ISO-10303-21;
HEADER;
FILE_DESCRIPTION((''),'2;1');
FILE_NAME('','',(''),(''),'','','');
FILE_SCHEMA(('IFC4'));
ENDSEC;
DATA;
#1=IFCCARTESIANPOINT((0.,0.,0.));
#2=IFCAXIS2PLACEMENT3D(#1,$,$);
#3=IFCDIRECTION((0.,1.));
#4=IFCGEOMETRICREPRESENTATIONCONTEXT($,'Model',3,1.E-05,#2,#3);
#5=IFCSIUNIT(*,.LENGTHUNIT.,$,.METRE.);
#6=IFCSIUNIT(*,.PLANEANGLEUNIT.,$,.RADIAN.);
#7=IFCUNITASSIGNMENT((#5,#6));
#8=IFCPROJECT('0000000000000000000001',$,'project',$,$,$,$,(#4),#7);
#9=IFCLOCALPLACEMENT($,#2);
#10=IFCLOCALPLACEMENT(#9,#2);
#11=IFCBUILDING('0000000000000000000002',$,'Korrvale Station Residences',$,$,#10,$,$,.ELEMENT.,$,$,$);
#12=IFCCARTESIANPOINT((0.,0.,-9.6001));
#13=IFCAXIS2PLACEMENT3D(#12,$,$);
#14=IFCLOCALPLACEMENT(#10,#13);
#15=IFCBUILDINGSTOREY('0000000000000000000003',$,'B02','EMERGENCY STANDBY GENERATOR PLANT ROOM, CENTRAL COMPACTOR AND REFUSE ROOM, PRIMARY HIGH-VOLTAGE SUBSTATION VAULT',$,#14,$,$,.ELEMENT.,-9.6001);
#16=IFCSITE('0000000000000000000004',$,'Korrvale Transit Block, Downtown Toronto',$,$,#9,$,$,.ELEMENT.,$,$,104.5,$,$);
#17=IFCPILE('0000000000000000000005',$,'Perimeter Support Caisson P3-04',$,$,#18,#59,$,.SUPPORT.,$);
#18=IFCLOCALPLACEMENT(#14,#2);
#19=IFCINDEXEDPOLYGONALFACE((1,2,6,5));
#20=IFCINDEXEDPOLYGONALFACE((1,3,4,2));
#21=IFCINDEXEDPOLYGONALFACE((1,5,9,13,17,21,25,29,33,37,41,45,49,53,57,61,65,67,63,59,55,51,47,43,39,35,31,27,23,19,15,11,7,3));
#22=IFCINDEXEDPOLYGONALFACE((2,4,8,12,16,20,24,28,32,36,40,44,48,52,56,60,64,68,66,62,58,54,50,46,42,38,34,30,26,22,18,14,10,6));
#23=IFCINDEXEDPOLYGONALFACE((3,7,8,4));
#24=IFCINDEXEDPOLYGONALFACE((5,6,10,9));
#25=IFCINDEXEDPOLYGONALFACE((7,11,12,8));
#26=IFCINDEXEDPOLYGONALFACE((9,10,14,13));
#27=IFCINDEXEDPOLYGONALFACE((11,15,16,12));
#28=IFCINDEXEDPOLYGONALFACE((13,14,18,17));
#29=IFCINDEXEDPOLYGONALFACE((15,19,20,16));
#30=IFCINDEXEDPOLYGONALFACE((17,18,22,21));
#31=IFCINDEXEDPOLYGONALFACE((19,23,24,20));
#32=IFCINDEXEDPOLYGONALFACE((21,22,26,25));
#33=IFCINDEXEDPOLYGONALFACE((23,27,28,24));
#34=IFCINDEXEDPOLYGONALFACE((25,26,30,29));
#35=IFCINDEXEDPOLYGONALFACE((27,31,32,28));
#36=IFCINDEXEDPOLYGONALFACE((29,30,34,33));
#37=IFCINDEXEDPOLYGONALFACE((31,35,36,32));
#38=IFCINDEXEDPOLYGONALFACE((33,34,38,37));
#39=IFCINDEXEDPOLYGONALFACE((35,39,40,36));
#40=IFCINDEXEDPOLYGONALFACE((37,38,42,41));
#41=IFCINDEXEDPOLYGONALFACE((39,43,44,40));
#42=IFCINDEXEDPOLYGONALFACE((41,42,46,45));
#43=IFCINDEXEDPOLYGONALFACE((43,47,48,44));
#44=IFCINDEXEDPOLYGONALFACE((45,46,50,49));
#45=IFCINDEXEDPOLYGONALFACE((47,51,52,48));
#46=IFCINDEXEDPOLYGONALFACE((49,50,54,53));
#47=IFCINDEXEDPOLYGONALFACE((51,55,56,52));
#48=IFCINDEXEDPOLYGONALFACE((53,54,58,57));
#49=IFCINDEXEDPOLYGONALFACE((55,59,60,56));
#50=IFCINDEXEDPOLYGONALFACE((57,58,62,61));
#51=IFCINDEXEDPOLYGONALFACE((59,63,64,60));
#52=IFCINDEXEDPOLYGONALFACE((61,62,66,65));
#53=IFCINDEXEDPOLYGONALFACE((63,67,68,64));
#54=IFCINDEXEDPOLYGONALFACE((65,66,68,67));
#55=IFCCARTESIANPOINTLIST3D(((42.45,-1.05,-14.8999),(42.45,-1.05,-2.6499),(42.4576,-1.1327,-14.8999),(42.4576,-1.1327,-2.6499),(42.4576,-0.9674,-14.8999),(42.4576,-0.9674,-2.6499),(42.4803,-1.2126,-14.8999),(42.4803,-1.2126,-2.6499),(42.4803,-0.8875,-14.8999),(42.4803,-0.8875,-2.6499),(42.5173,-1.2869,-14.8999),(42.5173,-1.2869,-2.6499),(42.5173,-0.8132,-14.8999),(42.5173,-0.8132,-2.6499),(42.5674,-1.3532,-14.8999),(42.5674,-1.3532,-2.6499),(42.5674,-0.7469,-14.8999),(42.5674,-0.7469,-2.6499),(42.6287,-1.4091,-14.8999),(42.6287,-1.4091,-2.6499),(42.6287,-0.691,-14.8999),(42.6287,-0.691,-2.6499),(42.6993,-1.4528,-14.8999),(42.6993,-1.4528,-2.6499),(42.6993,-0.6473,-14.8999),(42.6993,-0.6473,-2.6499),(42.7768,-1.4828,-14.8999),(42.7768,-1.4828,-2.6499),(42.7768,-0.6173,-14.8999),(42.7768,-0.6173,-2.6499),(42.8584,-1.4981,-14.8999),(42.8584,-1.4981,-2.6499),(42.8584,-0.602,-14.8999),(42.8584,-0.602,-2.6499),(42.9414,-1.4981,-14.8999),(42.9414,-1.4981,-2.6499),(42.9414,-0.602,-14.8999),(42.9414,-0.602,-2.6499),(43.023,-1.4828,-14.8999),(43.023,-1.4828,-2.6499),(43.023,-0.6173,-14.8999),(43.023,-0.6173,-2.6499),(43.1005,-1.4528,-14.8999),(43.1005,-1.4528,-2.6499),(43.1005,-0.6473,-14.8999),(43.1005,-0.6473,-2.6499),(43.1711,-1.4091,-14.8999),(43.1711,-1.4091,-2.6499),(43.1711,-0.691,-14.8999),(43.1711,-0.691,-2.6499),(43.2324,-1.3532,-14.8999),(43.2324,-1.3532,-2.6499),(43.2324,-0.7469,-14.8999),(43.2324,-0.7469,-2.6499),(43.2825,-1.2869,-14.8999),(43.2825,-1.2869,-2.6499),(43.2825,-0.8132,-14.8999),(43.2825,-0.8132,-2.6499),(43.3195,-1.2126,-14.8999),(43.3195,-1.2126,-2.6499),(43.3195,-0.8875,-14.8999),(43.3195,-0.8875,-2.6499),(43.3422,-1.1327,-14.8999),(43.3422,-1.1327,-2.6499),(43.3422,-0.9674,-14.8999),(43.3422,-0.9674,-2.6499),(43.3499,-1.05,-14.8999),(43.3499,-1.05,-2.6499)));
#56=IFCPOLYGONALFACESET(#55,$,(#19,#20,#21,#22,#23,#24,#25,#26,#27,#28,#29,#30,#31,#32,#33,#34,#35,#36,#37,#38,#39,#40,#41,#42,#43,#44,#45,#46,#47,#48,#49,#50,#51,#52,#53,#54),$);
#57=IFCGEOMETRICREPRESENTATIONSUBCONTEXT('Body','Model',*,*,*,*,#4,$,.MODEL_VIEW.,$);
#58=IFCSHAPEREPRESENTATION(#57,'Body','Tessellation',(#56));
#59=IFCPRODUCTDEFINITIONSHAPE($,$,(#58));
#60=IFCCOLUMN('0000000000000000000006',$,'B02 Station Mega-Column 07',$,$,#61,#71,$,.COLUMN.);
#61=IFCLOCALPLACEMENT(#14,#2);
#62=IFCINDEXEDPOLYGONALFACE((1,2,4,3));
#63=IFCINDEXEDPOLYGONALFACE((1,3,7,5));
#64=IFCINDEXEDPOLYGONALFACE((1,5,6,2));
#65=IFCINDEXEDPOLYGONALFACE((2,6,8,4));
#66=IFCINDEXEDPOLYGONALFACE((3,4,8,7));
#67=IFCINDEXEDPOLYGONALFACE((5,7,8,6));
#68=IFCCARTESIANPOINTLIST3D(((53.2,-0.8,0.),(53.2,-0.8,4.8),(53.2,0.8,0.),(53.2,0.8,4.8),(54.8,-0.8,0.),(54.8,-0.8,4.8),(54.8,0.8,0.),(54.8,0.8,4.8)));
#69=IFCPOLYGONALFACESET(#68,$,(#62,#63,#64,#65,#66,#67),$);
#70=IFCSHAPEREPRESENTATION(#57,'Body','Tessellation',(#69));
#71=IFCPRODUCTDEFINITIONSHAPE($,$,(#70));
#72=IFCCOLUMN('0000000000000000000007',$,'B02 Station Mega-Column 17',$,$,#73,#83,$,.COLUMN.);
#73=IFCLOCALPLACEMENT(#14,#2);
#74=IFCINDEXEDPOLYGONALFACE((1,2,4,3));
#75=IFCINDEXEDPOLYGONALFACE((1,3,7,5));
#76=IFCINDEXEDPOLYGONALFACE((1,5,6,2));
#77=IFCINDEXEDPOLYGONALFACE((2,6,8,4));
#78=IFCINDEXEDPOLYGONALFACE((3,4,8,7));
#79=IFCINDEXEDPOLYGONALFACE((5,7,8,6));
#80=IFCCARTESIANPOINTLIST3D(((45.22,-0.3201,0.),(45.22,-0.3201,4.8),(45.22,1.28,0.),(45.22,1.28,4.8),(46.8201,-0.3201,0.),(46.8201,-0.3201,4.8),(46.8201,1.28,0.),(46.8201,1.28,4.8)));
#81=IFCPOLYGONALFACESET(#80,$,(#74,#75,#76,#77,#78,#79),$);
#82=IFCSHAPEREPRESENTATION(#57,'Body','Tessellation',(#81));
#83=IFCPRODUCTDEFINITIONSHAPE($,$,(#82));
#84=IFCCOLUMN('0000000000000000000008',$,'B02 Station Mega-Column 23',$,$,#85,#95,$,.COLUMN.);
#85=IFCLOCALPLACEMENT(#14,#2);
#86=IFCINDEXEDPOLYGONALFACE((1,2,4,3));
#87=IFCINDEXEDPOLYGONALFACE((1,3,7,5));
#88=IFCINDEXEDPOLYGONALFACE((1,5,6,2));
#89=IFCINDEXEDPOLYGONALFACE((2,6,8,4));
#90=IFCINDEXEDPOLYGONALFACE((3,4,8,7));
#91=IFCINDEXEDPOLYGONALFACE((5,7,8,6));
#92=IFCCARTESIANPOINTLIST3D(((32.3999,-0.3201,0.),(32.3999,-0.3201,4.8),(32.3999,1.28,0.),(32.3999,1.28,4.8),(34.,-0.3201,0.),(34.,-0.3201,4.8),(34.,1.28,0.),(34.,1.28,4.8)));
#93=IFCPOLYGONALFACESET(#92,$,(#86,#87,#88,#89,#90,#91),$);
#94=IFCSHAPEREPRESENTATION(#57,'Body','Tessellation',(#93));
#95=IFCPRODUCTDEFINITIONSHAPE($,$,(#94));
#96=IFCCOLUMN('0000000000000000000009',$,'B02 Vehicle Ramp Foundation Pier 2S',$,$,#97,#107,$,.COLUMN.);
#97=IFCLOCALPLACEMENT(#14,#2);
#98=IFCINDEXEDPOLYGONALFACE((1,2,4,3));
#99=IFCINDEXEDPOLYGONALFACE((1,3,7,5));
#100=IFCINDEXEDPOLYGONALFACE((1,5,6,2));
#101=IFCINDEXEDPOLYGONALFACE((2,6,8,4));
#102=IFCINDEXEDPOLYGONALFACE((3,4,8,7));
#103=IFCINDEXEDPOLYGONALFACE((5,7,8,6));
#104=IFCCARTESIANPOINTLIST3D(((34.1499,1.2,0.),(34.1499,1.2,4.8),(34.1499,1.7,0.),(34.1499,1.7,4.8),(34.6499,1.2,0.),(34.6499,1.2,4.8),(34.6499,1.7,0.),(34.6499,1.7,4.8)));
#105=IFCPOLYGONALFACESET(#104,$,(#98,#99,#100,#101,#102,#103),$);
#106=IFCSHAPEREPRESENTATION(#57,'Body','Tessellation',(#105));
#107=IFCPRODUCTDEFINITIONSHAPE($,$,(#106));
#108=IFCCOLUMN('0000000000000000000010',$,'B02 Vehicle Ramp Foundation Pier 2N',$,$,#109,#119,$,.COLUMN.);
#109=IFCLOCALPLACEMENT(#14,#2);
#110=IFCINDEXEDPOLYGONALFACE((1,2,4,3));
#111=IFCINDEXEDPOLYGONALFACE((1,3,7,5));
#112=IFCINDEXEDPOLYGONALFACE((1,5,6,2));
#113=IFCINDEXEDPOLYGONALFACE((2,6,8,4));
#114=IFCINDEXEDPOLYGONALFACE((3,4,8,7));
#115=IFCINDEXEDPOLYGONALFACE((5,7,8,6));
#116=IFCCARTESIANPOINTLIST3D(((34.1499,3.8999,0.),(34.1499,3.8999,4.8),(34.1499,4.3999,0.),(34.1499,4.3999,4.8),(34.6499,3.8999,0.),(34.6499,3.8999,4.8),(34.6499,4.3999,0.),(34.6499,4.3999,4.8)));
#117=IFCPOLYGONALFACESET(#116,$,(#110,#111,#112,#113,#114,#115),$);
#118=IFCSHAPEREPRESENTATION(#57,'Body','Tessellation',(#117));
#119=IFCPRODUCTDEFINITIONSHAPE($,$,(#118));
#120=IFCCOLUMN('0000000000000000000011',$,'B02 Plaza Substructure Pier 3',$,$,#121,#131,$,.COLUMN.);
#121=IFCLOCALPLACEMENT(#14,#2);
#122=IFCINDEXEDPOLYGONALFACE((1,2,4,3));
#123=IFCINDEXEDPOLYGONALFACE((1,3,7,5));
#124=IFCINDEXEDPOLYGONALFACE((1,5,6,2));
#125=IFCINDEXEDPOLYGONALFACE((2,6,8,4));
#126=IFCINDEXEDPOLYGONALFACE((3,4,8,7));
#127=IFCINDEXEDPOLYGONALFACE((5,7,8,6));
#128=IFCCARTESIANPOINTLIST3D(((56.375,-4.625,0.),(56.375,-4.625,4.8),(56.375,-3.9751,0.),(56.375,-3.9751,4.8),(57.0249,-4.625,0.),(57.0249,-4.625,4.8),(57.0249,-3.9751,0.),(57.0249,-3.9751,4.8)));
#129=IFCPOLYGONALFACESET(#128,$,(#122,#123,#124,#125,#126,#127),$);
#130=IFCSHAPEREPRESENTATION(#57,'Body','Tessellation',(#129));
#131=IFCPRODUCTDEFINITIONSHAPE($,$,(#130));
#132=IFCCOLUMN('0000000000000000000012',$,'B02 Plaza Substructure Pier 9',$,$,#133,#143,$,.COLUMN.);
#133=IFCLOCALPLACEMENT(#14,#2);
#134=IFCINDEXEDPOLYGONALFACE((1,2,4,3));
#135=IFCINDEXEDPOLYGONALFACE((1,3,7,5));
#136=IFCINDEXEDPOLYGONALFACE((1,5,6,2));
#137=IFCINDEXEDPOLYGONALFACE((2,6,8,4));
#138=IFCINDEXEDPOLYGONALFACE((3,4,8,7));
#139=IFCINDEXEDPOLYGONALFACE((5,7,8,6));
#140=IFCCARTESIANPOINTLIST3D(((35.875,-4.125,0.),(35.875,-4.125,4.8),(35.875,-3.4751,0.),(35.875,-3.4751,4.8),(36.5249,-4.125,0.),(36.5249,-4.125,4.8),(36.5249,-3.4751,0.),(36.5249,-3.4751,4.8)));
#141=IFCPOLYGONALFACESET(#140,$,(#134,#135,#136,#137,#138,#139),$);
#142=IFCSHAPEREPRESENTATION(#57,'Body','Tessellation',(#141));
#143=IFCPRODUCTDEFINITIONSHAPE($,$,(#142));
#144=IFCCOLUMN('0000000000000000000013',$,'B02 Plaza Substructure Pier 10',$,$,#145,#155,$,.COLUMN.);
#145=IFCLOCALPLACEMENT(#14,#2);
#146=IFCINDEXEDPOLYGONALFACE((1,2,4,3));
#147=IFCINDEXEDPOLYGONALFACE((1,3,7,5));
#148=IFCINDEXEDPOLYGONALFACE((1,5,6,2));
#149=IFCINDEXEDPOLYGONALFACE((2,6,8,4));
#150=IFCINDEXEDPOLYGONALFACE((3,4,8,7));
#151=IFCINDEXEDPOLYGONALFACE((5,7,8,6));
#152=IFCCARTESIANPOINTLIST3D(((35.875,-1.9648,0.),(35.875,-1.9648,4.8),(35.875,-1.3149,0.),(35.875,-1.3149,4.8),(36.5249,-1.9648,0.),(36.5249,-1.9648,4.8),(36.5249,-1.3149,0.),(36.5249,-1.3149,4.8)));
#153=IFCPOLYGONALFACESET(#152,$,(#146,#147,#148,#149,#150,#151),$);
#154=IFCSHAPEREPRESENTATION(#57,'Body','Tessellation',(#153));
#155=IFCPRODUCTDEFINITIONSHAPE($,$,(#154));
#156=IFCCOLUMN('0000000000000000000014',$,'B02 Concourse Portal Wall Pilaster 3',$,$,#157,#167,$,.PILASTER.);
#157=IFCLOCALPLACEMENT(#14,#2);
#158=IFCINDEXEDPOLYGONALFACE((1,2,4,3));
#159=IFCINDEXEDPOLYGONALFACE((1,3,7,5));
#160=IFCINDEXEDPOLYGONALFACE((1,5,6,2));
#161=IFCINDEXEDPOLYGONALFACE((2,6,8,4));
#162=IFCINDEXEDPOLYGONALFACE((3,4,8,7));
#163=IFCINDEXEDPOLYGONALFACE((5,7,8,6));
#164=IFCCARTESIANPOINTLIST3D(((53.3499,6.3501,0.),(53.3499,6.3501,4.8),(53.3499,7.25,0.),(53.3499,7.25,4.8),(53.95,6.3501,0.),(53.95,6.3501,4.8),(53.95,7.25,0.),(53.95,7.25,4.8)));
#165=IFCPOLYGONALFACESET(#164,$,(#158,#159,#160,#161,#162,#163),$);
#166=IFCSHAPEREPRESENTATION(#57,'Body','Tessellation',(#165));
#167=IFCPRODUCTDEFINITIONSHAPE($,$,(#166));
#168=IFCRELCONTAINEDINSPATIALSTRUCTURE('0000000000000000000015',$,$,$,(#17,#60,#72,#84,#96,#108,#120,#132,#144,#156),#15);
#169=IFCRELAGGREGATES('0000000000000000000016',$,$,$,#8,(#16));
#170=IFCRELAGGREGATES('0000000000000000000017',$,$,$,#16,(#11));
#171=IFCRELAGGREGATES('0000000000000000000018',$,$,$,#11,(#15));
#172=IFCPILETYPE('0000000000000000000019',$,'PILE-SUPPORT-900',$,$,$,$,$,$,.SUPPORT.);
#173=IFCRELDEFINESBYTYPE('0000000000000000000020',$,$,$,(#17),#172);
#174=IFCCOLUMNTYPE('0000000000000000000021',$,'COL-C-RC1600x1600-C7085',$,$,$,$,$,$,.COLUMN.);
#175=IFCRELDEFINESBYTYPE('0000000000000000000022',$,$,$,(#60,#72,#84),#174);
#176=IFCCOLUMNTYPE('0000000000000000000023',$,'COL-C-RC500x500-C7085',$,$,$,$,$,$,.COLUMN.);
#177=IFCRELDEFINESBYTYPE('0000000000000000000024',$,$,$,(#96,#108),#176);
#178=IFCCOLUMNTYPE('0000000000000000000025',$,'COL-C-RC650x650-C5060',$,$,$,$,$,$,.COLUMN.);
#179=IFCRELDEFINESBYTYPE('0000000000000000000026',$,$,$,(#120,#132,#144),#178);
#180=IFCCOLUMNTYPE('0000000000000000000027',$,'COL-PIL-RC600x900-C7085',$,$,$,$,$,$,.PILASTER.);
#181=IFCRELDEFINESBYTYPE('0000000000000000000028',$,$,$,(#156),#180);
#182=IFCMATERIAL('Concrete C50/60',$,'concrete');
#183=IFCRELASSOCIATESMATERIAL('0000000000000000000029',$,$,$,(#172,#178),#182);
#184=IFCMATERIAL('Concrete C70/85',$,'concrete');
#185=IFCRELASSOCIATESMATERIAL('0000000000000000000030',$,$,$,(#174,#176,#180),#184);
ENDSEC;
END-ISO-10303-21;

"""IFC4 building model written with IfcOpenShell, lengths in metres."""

from ifc_helpers import new_model, si_unit, direction, frame, origin, origin_2d, place, context, subcontext, project, spatial, rectangle, circle, extrude, material, material_profile, profile_set, type_object, element, save


model = new_model("IFC4")

# Units and contexts
model_context = context("Model", 3, precision=1e-05, world=origin(), true_north=direction((0.0, 1.0)))
body_context = subcontext(model_context, "Body", "Model", "MODEL_VIEW")
ifc_project = project(units=[si_unit("LENGTHUNIT", "METRE"), si_unit("PLANEANGLEUNIT", "RADIAN")], contexts=[model_context])

# Site, building, storey
site_placement = place(None, origin())
site = spatial("IfcSite", under=ifc_project, at=site_placement, Name="Korrvale Transit Block, Downtown Toronto", CompositionType="ELEMENT", RefElevation=104.5)
building_placement = place(site_placement, origin())
building = spatial("IfcBuilding", under=site, at=building_placement, Name="Korrvale Station Residences", CompositionType="ELEMENT")
storey_placement = place(building_placement, frame((0.0, 0.0, -9.6001)))
storey = spatial("IfcBuildingStorey", under=building, at=storey_placement, Name="B02", Description="EMERGENCY STANDBY GENERATOR PLANT ROOM, CENTRAL COMPACTOR AND REFUSE ROOM, PRIMARY HIGH-VOLTAGE SUBSTATION VAULT", CompositionType="ELEMENT", Elevation=-9.6001)

# Pile
ifc_material_1 = material(Name="Concrete C50/60", Category="concrete")
ifc_material_profile_1 = material_profile(ifc_material_1, circle(Radius=0.45, at=origin_2d()), Name="PILE900")
ifc_profile_set_1 = profile_set([ifc_material_profile_1], Name="Concrete C50/60")
pile_type_1 = type_object("IfcPileType", Name="PILE-SUPPORT-900", PredefinedType="SUPPORT", material=ifc_profile_set_1)
pile_placement = place(storey_placement, frame((42.8999, -1.05, -2.6499), z_axis=(0.0, 0.0, -1.0), x_axis=(1.0, 0.0, 0.0)))
element("IfcPile", 1, at=pile_placement, inside=storey, type_object=pile_type_1, Name="Perimeter Support Caisson P3-04", PredefinedType="SUPPORT", context=body_context, shape_type="SweptSolid", body=[
    extrude(circle(Radius=0.45, at=origin_2d()), origin(), (0.0, 0.0, 1.0), 12.25),
])

# Columns
ifc_material_2 = material(Name="Concrete C70/85", Category="concrete")
ifc_material_profile_2 = material_profile(ifc_material_2, rectangle(XDim=1.6001, YDim=1.6001, at=origin_2d()), Name="RC1600x1600")
ifc_profile_set_2 = profile_set([ifc_material_profile_2], Name="Concrete C70/85")
column_type_1 = type_object("IfcColumnType", Name="COL-C-RC1600x1600-C7085", PredefinedType="COLUMN", material=ifc_profile_set_2)
for number, where, z_axis, x_axis, name in (
    (2, (54.0, 0.0, 0.0), (0.0, 0.0, 1.0), (1.0, 0.0, 0.0), "B02 Station Mega-Column 07"),
    (3, (46.02, 0.48, 0.0), (0.0, 0.0, 1.0), (1.0, 0.0, 0.0), "B02 Station Mega-Column 17"),
    (4, (33.2, 0.48, 0.0), (0.0, 0.0, 1.0), (1.0, 0.0, 0.0), "B02 Station Mega-Column 23"),
):
    element("IfcColumn", number, at=place(storey_placement, frame(where, z_axis=z_axis, x_axis=x_axis)), inside=storey, type_object=column_type_1, Name=name, PredefinedType="COLUMN", context=body_context, shape_type="SweptSolid", body=[
        extrude(rectangle(XDim=1.6001, YDim=1.6001, at=origin_2d()), origin(), (0.0, 0.0, 1.0), 4.8),
    ])
ifc_material_profile_3 = material_profile(ifc_material_2, rectangle(XDim=0.5, YDim=0.5, at=origin_2d()), Name="RC500x500")
ifc_profile_set_3 = profile_set([ifc_material_profile_3], Name="Concrete C70/85")
column_type_2 = type_object("IfcColumnType", Name="COL-C-RC500x500-C7085", PredefinedType="COLUMN", material=ifc_profile_set_3)
for number, where, z_axis, x_axis, name in (
    (5, (34.3999, 1.45, 0.0), (0.0, 0.0, 1.0), (1.0, 0.0, 0.0), "B02 Vehicle Ramp Foundation Pier 2S"),
    (6, (34.3999, 4.1499, 0.0), (0.0, 0.0, 1.0), (1.0, 0.0, 0.0), "B02 Vehicle Ramp Foundation Pier 2N"),
):
    element("IfcColumn", number, at=place(storey_placement, frame(where, z_axis=z_axis, x_axis=x_axis)), inside=storey, type_object=column_type_2, Name=name, PredefinedType="COLUMN", context=body_context, shape_type="SweptSolid", body=[
        extrude(rectangle(XDim=0.5, YDim=0.5, at=origin_2d()), origin(), (0.0, 0.0, 1.0), 4.8),
    ])
ifc_material_profile_4 = material_profile(ifc_material_1, rectangle(XDim=0.6499, YDim=0.6499, at=origin_2d()), Name="RC650x650")
ifc_profile_set_4 = profile_set([ifc_material_profile_4], Name="Concrete C50/60")
column_type_3 = type_object("IfcColumnType", Name="COL-C-RC650x650-C5060", PredefinedType="COLUMN", material=ifc_profile_set_4)
for number, where, z_axis, x_axis, name in (
    (7, (56.7, -4.3, 0.0), (0.0, 0.0, 1.0), (1.0, 0.0, 0.0), "B02 Plaza Substructure Pier 3"),
    (8, (36.2, -3.8, 0.0), (0.0, 0.0, 1.0), (1.0, 0.0, 0.0), "B02 Plaza Substructure Pier 9"),
    (9, (36.2, -1.6399, 0.0), (0.0, 0.0, 1.0), (1.0, 0.0, 0.0), "B02 Plaza Substructure Pier 10"),
):
    element("IfcColumn", number, at=place(storey_placement, frame(where, z_axis=z_axis, x_axis=x_axis)), inside=storey, type_object=column_type_3, Name=name, PredefinedType="COLUMN", context=body_context, shape_type="SweptSolid", body=[
        extrude(rectangle(XDim=0.6499, YDim=0.6499, at=origin_2d()), origin(), (0.0, 0.0, 1.0), 4.8),
    ])
ifc_material_profile_5 = material_profile(ifc_material_2, rectangle(XDim=0.6001, YDim=0.8999, at=origin_2d()), Name="RC600x900")
ifc_profile_set_5 = profile_set([ifc_material_profile_5], Name="Concrete C70/85")
column_type_4 = type_object("IfcColumnType", Name="COL-PIL-RC600x900-C7085", PredefinedType="PILASTER", material=ifc_profile_set_5)
column_placement = place(storey_placement, frame((53.6499, 6.8, 0.0), z_axis=(0.0, 0.0, 1.0), x_axis=(1.0, 0.0, 0.0)))
element("IfcColumn", 10, at=column_placement, inside=storey, type_object=column_type_4, Name="B02 Concourse Portal Wall Pilaster 3", PredefinedType="PILASTER", context=body_context, shape_type="SweptSolid", body=[
    extrude(rectangle(XDim=0.6001, YDim=0.8999, at=origin_2d()), origin(), (0.0, 0.0, 1.0), 4.8),
])

save(model, "model.ifc")
